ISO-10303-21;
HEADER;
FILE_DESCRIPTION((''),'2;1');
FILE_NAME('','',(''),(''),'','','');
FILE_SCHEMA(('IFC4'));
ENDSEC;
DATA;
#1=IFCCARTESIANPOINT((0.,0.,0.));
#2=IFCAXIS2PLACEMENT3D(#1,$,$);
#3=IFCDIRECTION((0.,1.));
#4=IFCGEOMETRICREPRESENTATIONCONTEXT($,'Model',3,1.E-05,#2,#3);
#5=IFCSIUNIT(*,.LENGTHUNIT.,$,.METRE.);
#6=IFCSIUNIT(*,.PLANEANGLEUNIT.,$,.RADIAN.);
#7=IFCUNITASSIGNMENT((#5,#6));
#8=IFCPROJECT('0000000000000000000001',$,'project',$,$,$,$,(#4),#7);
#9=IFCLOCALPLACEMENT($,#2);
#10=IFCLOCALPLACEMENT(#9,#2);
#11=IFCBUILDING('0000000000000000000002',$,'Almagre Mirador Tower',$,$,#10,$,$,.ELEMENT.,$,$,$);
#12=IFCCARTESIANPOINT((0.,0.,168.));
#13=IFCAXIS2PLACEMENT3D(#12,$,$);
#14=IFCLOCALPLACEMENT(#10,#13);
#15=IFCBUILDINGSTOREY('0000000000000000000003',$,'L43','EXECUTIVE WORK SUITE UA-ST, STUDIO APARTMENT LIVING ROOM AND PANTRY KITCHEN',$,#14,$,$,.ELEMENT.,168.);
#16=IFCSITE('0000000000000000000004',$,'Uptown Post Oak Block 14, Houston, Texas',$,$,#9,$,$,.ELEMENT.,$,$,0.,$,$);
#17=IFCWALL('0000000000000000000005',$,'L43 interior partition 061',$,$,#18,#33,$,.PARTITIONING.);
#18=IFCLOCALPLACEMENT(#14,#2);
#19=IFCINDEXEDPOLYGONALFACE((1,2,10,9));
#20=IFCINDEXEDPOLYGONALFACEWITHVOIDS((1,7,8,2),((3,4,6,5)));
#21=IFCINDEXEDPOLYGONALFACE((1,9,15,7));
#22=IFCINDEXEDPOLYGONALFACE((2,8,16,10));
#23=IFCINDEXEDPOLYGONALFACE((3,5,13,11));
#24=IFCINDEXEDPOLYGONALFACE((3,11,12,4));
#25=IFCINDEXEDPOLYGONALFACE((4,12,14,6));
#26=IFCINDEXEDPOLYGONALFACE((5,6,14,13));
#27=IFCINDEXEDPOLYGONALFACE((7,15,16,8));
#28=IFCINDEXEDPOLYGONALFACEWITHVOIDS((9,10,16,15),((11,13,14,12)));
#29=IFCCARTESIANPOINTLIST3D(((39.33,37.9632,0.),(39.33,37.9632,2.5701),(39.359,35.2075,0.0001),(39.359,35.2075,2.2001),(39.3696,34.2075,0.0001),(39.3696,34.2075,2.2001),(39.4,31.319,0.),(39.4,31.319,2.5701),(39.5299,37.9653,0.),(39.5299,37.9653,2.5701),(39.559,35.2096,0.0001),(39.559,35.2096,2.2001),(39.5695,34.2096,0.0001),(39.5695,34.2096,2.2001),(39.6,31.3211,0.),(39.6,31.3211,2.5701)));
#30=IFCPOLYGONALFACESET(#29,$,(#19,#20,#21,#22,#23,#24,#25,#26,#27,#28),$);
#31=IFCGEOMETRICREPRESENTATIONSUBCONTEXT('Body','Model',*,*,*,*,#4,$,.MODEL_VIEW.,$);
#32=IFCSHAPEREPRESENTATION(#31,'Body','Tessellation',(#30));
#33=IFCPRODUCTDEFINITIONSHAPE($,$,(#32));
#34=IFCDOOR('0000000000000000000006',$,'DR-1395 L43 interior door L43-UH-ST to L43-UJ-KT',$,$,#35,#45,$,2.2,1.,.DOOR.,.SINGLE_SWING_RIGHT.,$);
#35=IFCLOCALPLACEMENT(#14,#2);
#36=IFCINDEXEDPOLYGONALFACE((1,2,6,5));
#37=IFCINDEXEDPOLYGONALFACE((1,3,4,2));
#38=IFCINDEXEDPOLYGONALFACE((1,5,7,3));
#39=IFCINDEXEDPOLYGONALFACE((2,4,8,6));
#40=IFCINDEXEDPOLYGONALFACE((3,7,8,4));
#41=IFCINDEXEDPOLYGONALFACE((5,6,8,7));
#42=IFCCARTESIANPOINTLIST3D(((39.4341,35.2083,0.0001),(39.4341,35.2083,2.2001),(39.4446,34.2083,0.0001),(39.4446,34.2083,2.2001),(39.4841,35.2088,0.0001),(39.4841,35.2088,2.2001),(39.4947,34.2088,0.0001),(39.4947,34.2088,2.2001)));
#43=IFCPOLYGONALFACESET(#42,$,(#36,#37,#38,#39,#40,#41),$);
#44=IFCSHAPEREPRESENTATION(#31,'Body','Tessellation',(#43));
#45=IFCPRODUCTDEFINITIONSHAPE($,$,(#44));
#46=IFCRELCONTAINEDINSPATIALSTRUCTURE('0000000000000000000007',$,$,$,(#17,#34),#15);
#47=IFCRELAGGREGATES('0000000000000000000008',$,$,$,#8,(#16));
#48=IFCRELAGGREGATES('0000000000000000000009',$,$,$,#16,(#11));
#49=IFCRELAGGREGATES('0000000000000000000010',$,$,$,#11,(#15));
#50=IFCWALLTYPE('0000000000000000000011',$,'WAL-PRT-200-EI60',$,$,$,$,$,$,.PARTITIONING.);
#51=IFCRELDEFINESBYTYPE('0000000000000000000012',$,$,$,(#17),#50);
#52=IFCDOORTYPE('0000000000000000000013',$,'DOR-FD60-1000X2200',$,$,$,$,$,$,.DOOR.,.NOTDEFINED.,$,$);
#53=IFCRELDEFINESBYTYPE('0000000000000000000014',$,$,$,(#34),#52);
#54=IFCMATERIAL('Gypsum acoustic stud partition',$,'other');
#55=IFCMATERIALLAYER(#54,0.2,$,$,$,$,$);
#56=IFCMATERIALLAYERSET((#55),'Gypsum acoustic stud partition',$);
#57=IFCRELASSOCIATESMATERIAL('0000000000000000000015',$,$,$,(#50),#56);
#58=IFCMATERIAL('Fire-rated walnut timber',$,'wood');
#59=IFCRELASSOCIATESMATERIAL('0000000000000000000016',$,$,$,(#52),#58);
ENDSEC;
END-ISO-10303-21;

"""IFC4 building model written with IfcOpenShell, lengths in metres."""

from ifc_helpers import new_model, si_unit, direction, frame, frame_2d, origin, place, context, subcontext, project, spatial, rectangle, extrude, material, layer, layer_set, type_object, element, fill, save


model = new_model("IFC4")

# Units and contexts
model_context = context("Model", 3, precision=1e-05, world=origin(), true_north=direction((0.0, 1.0)))
body_context = subcontext(model_context, "Body", "Model", "MODEL_VIEW")
ifc_project = project(units=[si_unit("LENGTHUNIT", "METRE"), si_unit("PLANEANGLEUNIT", "RADIAN")], contexts=[model_context])

# Site, building, storey
site_placement = place(None, origin())
site = spatial("IfcSite", under=ifc_project, at=site_placement, Name="Uptown Post Oak Block 14, Houston, Texas", CompositionType="ELEMENT", RefElevation=0.0)
building_placement = place(site_placement, origin())
building = spatial("IfcBuilding", under=site, at=building_placement, Name="Almagre Mirador Tower", CompositionType="ELEMENT")
storey_placement = place(building_placement, frame((0.0, 0.0, 168.0)))
storey = spatial("IfcBuildingStorey", under=building, at=storey_placement, Name="L43", Description="EXECUTIVE WORK SUITE UA-ST, STUDIO APARTMENT LIVING ROOM AND PANTRY KITCHEN", CompositionType="ELEMENT", Elevation=168.0)

# Shared definitions
ifc_material_1 = material(Name="Gypsum acoustic stud partition", Category="other")
ifc_layer_1 = layer(ifc_material_1, 0.2)
ifc_layer_set_1 = layer_set([ifc_layer_1], Name="Gypsum acoustic stud partition")
wall_type_1 = type_object("IfcWallType", Name="WAL-PRT-200-EI60", PredefinedType="PARTITIONING", material=ifc_layer_set_1)

# Wall, opening, door
wall_1_placement = place(storey_placement, frame((39.5, 31.3201, 0.0), z_axis=(0.0, 0.0, 1.0), x_axis=(-0.010545, 0.999944, 0.0)))
wall_1 = element("IfcWall", 1, at=wall_1_placement, inside=storey, type_object=wall_type_1, Name="L43 interior partition 061", PredefinedType="PARTITIONING", context=body_context, shape_type="SweptSolid", body=[
    extrude(rectangle(XDim=6.6445, YDim=0.2, at=frame_2d((3.3223, 0.0))), origin(), (0.0, 0.0, 1.0), 2.5701),
])
opening_1_placement = place(wall_1_placement, frame((2.8887, 0.0, 0.0)))
opening_1 = element("IfcOpeningElement", 2, at=opening_1_placement, cuts=wall_1, PredefinedType="OPENING", context=body_context, shape_type="SweptSolid", body=[
    extrude(rectangle(XDim=1.0, YDim=2.2, at=frame_2d((0.5, 1.1001))), frame((0.0, 0.1101, 0.0), z_axis=(0.0, -1.0, 0.0), x_axis=(1.0, 0.0, 0.0)), (0.0, 0.0, 1.0), 0.22),
])
ifc_material_2 = material(Name="Fire-rated walnut timber", Category="wood")
door_type_1 = type_object("IfcDoorType", Name="DOR-FD60-1000X2200", OperationType="NOTDEFINED", PredefinedType="DOOR", material=ifc_material_2)
door_1_placement = place(opening_1_placement, origin())
door_1 = element("IfcDoor", 3, at=door_1_placement, inside=storey, type_object=door_type_1, Name="DR-1395 L43 interior door L43-UH-ST to L43-UJ-KT", OperationType="SINGLE_SWING_RIGHT", OverallHeight=2.2, OverallWidth=1.0, PredefinedType="DOOR", context=body_context, shape_type="SweptSolid", body=[
    extrude(rectangle(XDim=1.0, YDim=2.2, at=frame_2d((0.5, 1.1001))), frame((0.0, 0.0249, 0.0), z_axis=(0.0, -1.0, 0.0), x_axis=(1.0, 0.0, 0.0)), (0.0, 0.0, 1.0), 0.05),
])
fill(opening_1, door_1)

save(model, "model.ifc")
